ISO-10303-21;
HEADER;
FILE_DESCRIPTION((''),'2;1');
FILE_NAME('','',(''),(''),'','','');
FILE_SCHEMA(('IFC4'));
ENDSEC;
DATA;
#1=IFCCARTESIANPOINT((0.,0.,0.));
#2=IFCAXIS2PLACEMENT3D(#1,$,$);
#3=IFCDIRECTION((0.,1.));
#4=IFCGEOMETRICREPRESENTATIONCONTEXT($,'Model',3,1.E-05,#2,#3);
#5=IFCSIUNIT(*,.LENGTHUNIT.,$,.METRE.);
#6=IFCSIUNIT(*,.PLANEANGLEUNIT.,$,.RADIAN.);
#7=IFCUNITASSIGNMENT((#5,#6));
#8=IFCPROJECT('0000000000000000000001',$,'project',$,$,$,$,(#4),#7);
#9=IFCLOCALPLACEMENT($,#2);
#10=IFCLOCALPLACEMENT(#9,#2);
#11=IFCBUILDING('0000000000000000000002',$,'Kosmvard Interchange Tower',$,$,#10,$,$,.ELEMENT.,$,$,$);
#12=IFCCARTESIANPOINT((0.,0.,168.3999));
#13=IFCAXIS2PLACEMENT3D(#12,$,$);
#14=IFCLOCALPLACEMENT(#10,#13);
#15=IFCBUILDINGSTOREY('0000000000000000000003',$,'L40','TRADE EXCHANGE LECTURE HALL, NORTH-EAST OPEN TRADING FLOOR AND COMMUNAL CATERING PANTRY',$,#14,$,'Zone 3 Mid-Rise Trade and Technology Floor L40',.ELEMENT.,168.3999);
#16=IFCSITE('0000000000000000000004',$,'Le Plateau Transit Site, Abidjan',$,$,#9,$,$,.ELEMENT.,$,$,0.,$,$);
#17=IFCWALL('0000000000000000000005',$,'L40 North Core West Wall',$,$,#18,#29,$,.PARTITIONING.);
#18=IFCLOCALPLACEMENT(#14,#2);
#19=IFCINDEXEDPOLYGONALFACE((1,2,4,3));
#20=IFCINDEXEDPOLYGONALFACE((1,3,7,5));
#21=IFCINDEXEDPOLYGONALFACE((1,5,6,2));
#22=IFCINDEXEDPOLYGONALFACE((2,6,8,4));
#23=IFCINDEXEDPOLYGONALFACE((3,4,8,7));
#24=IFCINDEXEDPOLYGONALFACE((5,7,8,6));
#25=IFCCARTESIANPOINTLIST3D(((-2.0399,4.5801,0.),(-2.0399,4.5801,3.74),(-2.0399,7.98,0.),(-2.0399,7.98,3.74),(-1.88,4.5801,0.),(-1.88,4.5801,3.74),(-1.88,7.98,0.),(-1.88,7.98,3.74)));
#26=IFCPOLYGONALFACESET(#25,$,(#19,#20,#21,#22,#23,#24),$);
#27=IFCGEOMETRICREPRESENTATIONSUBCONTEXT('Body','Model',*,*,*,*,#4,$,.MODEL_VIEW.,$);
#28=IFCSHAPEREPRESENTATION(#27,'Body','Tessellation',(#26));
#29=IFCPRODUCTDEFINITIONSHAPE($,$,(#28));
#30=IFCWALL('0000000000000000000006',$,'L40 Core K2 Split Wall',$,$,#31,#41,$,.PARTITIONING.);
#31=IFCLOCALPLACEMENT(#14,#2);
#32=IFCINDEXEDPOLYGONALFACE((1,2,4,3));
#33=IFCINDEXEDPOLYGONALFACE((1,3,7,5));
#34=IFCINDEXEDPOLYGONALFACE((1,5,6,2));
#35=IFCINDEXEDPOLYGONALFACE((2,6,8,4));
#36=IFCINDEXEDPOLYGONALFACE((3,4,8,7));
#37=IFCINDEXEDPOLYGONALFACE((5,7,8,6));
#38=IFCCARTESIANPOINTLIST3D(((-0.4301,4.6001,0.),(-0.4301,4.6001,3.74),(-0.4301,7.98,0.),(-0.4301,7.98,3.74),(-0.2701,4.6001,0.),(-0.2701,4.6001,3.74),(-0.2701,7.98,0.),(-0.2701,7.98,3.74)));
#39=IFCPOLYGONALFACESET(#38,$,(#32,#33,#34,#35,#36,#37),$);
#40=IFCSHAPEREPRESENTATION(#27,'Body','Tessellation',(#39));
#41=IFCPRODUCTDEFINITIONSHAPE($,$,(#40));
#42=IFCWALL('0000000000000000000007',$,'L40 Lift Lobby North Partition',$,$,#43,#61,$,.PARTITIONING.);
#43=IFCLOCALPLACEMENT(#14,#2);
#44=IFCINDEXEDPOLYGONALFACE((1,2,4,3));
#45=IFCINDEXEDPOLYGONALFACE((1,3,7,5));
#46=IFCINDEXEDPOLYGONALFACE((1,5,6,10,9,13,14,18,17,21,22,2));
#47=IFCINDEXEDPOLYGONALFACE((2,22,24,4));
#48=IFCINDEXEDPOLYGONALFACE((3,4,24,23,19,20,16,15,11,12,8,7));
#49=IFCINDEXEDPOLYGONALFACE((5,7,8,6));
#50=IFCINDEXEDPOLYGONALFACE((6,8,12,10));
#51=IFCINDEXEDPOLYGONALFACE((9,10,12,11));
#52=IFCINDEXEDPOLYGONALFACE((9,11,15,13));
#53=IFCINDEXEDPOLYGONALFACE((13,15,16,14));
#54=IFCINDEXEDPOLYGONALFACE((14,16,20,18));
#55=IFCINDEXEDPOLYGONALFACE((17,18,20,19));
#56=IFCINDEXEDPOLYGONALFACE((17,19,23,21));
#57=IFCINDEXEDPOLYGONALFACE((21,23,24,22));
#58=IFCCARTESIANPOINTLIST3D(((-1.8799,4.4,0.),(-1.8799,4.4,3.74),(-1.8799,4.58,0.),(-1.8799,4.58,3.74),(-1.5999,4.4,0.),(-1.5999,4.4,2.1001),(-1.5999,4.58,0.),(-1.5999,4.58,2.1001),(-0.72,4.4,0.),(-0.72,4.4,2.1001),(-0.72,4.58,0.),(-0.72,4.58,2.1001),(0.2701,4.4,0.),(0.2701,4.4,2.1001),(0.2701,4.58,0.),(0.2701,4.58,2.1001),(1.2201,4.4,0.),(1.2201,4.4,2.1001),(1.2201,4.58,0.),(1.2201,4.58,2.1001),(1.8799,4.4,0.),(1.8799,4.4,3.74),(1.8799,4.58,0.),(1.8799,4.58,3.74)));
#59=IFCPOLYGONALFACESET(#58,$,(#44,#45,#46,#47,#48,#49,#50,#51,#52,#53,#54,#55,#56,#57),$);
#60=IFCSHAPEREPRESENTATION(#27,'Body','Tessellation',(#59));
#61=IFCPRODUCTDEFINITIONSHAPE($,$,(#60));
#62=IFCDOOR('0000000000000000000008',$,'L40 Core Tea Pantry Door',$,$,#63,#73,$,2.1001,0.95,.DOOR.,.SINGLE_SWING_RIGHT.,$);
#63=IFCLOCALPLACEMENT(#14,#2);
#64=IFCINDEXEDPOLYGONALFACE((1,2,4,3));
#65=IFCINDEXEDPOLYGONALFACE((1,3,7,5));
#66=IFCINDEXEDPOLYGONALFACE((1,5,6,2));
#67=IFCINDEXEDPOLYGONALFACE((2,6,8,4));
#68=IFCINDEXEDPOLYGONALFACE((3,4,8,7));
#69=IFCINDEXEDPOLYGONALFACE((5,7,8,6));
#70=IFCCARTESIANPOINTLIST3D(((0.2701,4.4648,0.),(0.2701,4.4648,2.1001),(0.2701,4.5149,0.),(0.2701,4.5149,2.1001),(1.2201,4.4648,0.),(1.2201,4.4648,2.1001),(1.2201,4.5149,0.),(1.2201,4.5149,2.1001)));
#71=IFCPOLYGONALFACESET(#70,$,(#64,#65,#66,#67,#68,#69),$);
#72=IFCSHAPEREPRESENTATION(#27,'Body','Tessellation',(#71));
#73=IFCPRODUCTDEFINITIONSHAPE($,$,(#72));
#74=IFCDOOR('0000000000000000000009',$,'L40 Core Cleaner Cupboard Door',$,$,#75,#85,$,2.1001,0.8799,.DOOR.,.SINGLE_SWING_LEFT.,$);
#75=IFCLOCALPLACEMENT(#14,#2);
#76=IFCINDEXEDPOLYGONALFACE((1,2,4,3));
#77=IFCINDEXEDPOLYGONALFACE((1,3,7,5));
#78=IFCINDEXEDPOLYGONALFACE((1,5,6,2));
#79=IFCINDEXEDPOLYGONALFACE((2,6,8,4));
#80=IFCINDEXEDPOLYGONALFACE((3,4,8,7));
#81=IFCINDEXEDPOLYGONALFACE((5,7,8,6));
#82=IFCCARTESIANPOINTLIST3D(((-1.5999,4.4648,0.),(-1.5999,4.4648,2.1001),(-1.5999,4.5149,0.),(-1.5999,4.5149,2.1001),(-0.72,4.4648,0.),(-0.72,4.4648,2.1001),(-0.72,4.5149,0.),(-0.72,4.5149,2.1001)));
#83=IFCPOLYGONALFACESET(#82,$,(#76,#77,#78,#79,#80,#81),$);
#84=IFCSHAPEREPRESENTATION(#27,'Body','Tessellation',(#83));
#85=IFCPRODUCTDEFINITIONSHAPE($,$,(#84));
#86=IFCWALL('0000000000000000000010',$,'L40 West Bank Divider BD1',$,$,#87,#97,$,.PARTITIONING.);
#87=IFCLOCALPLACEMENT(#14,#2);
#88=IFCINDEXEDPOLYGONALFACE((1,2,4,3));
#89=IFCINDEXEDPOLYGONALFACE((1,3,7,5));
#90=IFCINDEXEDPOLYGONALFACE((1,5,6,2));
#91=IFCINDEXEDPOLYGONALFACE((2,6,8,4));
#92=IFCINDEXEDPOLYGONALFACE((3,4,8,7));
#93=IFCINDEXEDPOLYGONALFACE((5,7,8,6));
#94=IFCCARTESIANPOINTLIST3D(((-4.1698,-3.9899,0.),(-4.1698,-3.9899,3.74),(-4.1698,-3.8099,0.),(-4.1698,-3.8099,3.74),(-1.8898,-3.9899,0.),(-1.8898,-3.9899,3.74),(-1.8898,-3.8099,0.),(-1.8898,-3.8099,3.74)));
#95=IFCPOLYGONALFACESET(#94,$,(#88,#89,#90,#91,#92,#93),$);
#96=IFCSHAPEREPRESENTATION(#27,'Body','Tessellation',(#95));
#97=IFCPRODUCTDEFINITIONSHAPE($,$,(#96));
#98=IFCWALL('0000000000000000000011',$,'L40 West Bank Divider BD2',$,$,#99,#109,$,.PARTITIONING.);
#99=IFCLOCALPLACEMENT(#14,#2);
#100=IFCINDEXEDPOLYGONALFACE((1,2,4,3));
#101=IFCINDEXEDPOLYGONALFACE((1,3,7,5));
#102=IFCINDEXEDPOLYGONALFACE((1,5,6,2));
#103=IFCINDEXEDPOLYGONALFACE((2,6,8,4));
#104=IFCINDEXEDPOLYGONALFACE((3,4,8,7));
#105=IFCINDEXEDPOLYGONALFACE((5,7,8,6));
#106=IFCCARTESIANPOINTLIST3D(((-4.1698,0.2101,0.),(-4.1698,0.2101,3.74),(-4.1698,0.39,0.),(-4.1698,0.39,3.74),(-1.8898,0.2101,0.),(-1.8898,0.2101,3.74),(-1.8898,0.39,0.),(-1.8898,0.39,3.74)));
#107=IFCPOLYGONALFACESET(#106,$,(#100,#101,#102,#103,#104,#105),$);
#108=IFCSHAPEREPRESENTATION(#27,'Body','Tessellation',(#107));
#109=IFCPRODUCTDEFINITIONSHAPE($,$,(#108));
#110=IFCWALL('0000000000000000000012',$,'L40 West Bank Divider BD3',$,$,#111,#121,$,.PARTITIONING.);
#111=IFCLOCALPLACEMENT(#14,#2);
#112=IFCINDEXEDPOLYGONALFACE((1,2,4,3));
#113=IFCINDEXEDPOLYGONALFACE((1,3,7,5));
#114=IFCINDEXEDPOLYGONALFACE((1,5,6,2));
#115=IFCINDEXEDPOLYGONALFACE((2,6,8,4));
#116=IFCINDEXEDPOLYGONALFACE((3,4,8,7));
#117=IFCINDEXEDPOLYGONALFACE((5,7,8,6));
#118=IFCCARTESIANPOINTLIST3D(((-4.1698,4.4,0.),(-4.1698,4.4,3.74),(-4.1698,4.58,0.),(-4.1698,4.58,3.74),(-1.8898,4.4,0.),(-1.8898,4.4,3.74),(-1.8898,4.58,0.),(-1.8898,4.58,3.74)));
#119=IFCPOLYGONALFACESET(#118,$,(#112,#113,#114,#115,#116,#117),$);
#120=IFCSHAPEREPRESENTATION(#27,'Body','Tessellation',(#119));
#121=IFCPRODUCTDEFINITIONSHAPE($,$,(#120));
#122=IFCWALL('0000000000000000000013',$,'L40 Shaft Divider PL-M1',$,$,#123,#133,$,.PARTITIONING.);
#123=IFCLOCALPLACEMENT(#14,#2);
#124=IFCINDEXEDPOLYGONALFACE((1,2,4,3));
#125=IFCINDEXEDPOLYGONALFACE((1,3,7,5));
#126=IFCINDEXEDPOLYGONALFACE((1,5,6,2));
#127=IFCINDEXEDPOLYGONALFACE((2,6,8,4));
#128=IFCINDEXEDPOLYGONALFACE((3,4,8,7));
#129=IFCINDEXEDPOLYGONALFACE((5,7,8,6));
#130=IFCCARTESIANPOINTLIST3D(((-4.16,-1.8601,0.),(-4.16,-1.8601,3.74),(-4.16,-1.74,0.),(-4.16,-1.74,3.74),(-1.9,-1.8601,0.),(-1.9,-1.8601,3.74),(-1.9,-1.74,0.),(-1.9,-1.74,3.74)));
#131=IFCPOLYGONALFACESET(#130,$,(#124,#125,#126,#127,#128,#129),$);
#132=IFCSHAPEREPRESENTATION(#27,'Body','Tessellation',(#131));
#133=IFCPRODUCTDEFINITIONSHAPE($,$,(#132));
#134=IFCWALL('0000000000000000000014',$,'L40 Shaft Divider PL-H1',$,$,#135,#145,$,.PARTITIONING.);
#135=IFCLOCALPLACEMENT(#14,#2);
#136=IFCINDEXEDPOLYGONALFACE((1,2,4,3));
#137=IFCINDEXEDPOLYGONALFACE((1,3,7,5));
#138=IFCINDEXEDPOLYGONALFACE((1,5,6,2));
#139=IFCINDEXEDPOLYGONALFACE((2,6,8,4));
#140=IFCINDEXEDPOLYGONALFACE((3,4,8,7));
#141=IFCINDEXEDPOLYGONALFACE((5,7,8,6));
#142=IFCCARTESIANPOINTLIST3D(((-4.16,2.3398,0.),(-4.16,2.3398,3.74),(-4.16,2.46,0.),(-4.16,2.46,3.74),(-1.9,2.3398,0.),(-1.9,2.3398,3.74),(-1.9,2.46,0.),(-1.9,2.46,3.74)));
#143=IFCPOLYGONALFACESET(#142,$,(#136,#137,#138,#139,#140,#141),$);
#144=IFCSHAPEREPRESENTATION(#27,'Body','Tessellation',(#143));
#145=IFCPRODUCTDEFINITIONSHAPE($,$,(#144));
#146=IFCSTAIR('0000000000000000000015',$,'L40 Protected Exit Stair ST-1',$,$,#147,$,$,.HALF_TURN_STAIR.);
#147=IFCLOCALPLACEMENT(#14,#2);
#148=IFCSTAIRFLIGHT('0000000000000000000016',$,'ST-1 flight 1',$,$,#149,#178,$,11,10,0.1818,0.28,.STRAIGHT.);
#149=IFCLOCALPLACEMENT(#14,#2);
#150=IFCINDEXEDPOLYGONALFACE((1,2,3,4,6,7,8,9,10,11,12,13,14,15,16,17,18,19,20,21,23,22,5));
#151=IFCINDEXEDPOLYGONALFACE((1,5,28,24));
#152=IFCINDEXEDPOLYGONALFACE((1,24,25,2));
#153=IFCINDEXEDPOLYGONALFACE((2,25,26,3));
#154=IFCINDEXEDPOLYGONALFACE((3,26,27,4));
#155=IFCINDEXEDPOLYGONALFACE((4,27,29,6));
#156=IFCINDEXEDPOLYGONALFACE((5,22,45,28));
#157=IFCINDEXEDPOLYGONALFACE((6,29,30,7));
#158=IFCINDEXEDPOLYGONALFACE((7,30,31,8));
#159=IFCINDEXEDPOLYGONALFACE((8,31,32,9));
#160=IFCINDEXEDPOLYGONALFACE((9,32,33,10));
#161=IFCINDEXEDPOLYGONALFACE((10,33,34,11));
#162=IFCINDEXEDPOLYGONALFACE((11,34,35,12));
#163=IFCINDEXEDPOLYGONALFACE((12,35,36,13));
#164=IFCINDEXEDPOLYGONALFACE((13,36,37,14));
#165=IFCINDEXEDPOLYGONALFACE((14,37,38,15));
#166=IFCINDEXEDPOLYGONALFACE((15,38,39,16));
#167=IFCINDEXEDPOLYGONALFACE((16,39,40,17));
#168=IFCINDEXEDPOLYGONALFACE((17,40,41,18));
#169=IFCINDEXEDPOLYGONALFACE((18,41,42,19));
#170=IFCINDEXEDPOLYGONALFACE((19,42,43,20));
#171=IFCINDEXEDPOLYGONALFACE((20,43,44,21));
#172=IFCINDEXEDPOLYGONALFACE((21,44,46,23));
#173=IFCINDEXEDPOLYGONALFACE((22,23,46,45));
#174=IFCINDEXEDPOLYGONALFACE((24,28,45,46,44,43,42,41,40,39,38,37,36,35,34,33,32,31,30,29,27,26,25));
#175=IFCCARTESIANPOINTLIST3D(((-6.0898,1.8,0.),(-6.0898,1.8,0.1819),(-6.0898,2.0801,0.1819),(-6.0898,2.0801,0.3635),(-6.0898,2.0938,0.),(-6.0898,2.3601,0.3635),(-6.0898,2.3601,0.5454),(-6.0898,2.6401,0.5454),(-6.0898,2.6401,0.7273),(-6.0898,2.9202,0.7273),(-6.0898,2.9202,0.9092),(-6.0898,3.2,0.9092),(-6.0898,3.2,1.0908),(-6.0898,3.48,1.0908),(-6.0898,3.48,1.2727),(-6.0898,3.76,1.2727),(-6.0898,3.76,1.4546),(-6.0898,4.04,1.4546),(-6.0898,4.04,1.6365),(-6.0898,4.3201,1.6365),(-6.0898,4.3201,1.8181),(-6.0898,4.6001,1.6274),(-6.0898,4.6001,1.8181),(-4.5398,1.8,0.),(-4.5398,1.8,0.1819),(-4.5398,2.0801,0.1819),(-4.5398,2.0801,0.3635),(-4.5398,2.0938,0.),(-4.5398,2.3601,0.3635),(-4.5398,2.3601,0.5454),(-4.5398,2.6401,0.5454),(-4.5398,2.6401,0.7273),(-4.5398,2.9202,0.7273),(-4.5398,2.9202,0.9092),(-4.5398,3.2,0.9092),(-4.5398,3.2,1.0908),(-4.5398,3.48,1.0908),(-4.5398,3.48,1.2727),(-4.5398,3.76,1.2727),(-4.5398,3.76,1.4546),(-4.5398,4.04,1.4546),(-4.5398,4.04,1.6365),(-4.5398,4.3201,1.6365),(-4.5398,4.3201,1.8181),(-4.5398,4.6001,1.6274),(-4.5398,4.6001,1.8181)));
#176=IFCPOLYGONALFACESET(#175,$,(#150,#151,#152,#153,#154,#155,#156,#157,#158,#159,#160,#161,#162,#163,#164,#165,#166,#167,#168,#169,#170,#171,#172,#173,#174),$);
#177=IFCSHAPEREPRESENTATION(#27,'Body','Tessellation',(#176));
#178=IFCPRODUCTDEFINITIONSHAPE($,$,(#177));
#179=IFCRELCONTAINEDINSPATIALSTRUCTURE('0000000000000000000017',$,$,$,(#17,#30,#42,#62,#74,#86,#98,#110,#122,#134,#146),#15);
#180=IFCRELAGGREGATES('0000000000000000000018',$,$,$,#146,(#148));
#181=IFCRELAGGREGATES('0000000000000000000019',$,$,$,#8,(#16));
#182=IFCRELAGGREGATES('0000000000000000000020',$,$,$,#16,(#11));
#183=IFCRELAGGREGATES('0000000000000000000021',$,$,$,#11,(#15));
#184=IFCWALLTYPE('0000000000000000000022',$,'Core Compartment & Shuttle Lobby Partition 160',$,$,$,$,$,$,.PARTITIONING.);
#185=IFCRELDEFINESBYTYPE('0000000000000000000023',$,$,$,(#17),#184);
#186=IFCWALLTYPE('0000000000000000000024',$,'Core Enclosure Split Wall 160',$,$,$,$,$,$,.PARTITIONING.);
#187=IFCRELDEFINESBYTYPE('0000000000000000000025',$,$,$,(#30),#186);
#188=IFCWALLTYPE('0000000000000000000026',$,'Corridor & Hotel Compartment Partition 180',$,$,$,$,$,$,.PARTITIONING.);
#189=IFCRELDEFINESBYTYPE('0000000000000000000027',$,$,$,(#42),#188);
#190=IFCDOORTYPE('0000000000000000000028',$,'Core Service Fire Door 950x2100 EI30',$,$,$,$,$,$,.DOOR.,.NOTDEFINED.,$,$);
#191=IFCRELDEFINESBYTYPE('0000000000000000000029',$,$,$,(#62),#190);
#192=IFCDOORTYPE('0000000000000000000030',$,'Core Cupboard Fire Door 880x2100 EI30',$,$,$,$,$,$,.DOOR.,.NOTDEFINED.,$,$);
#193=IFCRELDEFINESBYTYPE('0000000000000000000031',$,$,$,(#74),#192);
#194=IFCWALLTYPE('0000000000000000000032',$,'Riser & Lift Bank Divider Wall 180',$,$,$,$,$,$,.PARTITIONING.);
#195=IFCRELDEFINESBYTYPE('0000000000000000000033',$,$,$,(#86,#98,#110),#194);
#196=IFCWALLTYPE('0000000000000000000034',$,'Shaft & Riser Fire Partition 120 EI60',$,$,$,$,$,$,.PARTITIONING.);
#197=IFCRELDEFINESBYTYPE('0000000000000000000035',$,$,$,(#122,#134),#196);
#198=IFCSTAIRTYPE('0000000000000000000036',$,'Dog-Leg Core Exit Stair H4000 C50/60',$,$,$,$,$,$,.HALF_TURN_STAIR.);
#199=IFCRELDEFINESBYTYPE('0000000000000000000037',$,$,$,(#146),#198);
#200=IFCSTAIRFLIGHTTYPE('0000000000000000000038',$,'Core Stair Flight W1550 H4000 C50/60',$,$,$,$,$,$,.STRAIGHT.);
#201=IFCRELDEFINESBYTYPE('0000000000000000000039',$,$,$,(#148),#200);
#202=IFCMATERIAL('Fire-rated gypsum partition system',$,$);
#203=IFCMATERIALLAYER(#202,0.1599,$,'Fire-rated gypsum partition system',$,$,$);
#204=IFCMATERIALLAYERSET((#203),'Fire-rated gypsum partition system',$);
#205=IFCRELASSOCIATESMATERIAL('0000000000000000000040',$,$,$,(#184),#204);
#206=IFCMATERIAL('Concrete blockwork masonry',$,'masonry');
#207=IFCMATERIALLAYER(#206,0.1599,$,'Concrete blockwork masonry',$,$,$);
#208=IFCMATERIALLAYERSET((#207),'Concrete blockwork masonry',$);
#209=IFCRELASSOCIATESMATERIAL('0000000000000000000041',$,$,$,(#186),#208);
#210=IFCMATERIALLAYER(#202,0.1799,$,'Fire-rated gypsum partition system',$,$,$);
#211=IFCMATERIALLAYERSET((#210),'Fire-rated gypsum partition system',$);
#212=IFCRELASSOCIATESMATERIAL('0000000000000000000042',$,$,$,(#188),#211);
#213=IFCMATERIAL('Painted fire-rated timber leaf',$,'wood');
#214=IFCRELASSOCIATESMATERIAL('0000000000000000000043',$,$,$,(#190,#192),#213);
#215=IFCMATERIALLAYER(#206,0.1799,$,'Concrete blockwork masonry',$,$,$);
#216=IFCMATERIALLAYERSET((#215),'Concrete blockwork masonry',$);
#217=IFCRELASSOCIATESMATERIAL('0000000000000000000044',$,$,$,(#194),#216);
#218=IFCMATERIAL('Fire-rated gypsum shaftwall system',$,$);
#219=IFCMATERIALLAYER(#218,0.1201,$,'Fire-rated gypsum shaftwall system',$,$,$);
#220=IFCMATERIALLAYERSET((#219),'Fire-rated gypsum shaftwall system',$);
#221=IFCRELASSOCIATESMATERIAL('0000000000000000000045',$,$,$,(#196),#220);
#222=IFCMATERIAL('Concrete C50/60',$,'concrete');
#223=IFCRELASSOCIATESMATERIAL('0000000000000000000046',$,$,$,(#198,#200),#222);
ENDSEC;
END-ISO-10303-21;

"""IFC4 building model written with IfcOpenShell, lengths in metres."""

from ifc_helpers import new_model, si_unit, direction, frame, frame_2d, origin, place, context, subcontext, project, spatial, polyline, rectangle, outline, extrude, source, transform, mapped, material, layer, layer_set, type_object, element, fill, aggregate, save


model = new_model("IFC4")

# Units and contexts
model_context = context("Model", 3, precision=1e-05, world=origin(), true_north=direction((0.0, 1.0)))
body_context = subcontext(model_context, "Body", "Model", "MODEL_VIEW")
ifc_project = project(units=[si_unit("LENGTHUNIT", "METRE"), si_unit("PLANEANGLEUNIT", "RADIAN")], contexts=[model_context])

# Site, building, storey
site_placement = place(None, origin())
site = spatial("IfcSite", under=ifc_project, at=site_placement, Name="Le Plateau Transit Site, Abidjan", CompositionType="ELEMENT", RefElevation=0.0)
building_placement = place(site_placement, origin())
building = spatial("IfcBuilding", under=site, at=building_placement, Name="Kosmvard Interchange Tower", CompositionType="ELEMENT")
storey_placement = place(building_placement, frame((0.0, 0.0, 168.3999)))
storey = spatial("IfcBuildingStorey", under=building, at=storey_placement, Name="L40", Description="TRADE EXCHANGE LECTURE HALL, NORTH-EAST OPEN TRADING FLOOR AND COMMUNAL CATERING PANTRY", LongName="Zone 3 Mid-Rise Trade and Technology Floor L40", CompositionType="ELEMENT", Elevation=168.3999)

# Walls
ifc_material_1 = material(Name="Fire-rated gypsum partition system")
ifc_layer_1 = layer(ifc_material_1, 0.1599, Name="Fire-rated gypsum partition system")
ifc_layer_set_1 = layer_set([ifc_layer_1], Name="Fire-rated gypsum partition system")
wall_type_1 = type_object("IfcWallType", Name="Core Compartment & Shuttle Lobby Partition 160", PredefinedType="PARTITIONING", material=ifc_layer_set_1)
wall_1_placement = place(storey_placement, frame((-1.96, 4.5801, 0.0), z_axis=(0.0, 0.0, 1.0), x_axis=(0.0, 1.0, 0.0)))
element("IfcWall", 1, at=wall_1_placement, inside=storey, type_object=wall_type_1, Name="L40 North Core West Wall", PredefinedType="PARTITIONING", context=body_context, shape_type="SweptSolid", body=[
    extrude(rectangle(XDim=3.3999, YDim=0.1599, at=frame_2d((1.7, 0.0))), origin(), (0.0, 0.0, 1.0), 3.74),
])
ifc_material_2 = material(Name="Concrete blockwork masonry", Category="masonry")
ifc_layer_2 = layer(ifc_material_2, 0.1599, Name="Concrete blockwork masonry")
ifc_layer_set_2 = layer_set([ifc_layer_2], Name="Concrete blockwork masonry")
wall_type_2 = type_object("IfcWallType", Name="Core Enclosure Split Wall 160", PredefinedType="PARTITIONING", material=ifc_layer_set_2)
wall_2_placement = place(storey_placement, frame((-0.3501, 4.6001, 0.0), z_axis=(0.0, 0.0, 1.0), x_axis=(0.0, 1.0, 0.0)))
element("IfcWall", 2, at=wall_2_placement, inside=storey, type_object=wall_type_2, Name="L40 Core K2 Split Wall", PredefinedType="PARTITIONING", context=body_context, shape_type="SweptSolid", body=[
    extrude(rectangle(XDim=3.3799, YDim=0.1599, at=frame_2d((1.6899, 0.0))), origin(), (0.0, 0.0, 1.0), 3.74),
])

# Wall, openings, doors
ifc_layer_3 = layer(ifc_material_1, 0.1799, Name="Fire-rated gypsum partition system")
ifc_layer_set_3 = layer_set([ifc_layer_3], Name="Fire-rated gypsum partition system")
wall_type_3 = type_object("IfcWallType", Name="Corridor & Hotel Compartment Partition 180", PredefinedType="PARTITIONING", material=ifc_layer_set_3)
wall_3_placement = place(storey_placement, frame((-1.8799, 4.49, 0.0), z_axis=(0.0, 0.0, 1.0), x_axis=(1.0, 0.0, 0.0)))
wall_3 = element("IfcWall", 3, at=wall_3_placement, inside=storey, type_object=wall_type_3, Name="L40 Lift Lobby North Partition", PredefinedType="PARTITIONING", context=body_context, shape_type="SweptSolid", body=[
    extrude(rectangle(XDim=3.7598, YDim=0.1799, at=frame_2d((1.8799, 0.0))), origin(), (0.0, 0.0, 1.0), 3.74),
])
opening_1_placement = place(wall_3_placement, frame((0.28, 0.0, 0.0)))
opening_1 = element("IfcOpeningElement", 4, at=opening_1_placement, cuts=wall_3, PredefinedType="OPENING", context=body_context, shape_type="SweptSolid", body=[
    extrude(rectangle(XDim=0.8799, YDim=2.1001, at=frame_2d((0.4399, 1.05))), frame((0.0, 0.1001, 0.0), z_axis=(0.0, -1.0, 0.0), x_axis=(1.0, 0.0, 0.0)), (0.0, 0.0, 1.0), 0.2),
])
opening_2_placement = place(wall_3_placement, frame((2.1499, 0.0, 0.0)))
opening_2 = element("IfcOpeningElement", 5, at=opening_2_placement, cuts=wall_3, PredefinedType="OPENING", context=body_context, shape_type="SweptSolid", body=[
    extrude(rectangle(XDim=0.95, YDim=2.1001, at=frame_2d((0.4751, 1.05))), frame((0.0, 0.1001, 0.0), z_axis=(0.0, -1.0, 0.0), x_axis=(1.0, 0.0, 0.0)), (0.0, 0.0, 1.0), 0.2),
])
ifc_material_3 = material(Name="Painted fire-rated timber leaf", Category="wood")
door_type_1 = type_object("IfcDoorType", Name="Core Service Fire Door 950x2100 EI30", OperationType="NOTDEFINED", PredefinedType="DOOR", material=ifc_material_3)
shared_shape_1 = source(origin(), body_context, "Body", "SweptSolid", [
    extrude(rectangle(XDim=0.95, YDim=2.1001, at=frame_2d((0.4751, 1.05))), frame((0.0, 0.0249, 0.0), z_axis=(0.0, -1.0, 0.0), x_axis=(1.0, 0.0, 0.0)), (0.0, 0.0, 1.0), 0.05),
])
door_1_placement = place(opening_2_placement, origin())
door_1 = element("IfcDoor", 6, at=door_1_placement, inside=storey, type_object=door_type_1, Name="L40 Core Tea Pantry Door", OperationType="SINGLE_SWING_RIGHT", OverallHeight=2.1001, OverallWidth=0.95, PredefinedType="DOOR", context=body_context, shape_type="MappedRepresentation", body=[
    mapped(shared_shape_1, transform((0.0, 0.0, 0.0), scale=1.0)),
])
fill(opening_2, door_1)
door_type_2 = type_object("IfcDoorType", Name="Core Cupboard Fire Door 880x2100 EI30", OperationType="NOTDEFINED", PredefinedType="DOOR", material=ifc_material_3)
shared_shape_2 = source(origin(), body_context, "Body", "SweptSolid", [
    extrude(rectangle(XDim=0.8799, YDim=2.1001, at=frame_2d((0.4399, 1.05))), frame((0.0, 0.0249, 0.0), z_axis=(0.0, -1.0, 0.0), x_axis=(1.0, 0.0, 0.0)), (0.0, 0.0, 1.0), 0.05),
])
door_2_placement = place(opening_1_placement, origin())
door_2 = element("IfcDoor", 7, at=door_2_placement, inside=storey, type_object=door_type_2, Name="L40 Core Cleaner Cupboard Door", OperationType="SINGLE_SWING_LEFT", OverallHeight=2.1001, OverallWidth=0.8799, PredefinedType="DOOR", context=body_context, shape_type="MappedRepresentation", body=[
    mapped(shared_shape_2, transform((0.0, 0.0, 0.0), scale=1.0)),
])
fill(opening_1, door_2)

# Walls
ifc_layer_4 = layer(ifc_material_2, 0.1799, Name="Concrete blockwork masonry")
ifc_layer_set_4 = layer_set([ifc_layer_4], Name="Concrete blockwork masonry")
wall_type_4 = type_object("IfcWallType", Name="Riser & Lift Bank Divider Wall 180", PredefinedType="PARTITIONING", material=ifc_layer_set_4)
for number, where, z_axis, x_axis, name in (
    (8, (-4.1699, -3.8999, 0.0), (0.0, 0.0, 1.0), (1.0, 0.0, 0.0), "L40 West Bank Divider BD1"),
    (9, (-4.1699, 0.3, 0.0), (0.0, 0.0, 1.0), (1.0, 0.0, 0.0), "L40 West Bank Divider BD2"),
    (10, (-4.1699, 4.49, 0.0), (0.0, 0.0, 1.0), (1.0, 0.0, 0.0), "L40 West Bank Divider BD3"),
):
    element("IfcWall", number, at=place(storey_placement, frame(where, z_axis=z_axis, x_axis=x_axis)), inside=storey, type_object=wall_type_4, Name=name, PredefinedType="PARTITIONING", context=body_context, shape_type="SweptSolid", body=[
        extrude(rectangle(XDim=2.28, YDim=0.1799, at=frame_2d((1.1401, 0.0))), origin(), (0.0, 0.0, 1.0), 3.74),
    ])
ifc_material_4 = material(Name="Fire-rated gypsum shaftwall system")
ifc_layer_5 = layer(ifc_material_4, 0.1201, Name="Fire-rated gypsum shaftwall system")
ifc_layer_set_5 = layer_set([ifc_layer_5], Name="Fire-rated gypsum shaftwall system")
wall_type_5 = type_object("IfcWallType", Name="Shaft & Riser Fire Partition 120 EI60", PredefinedType="PARTITIONING", material=ifc_layer_set_5)
for number, where, z_axis, x_axis, name in (
    (11, (-4.1599, -1.8, 0.0), (0.0, 0.0, 1.0), (1.0, 0.0, 0.0), "L40 Shaft Divider PL-M1"),
    (12, (-4.1599, 2.3999, 0.0), (0.0, 0.0, 1.0), (1.0, 0.0, 0.0), "L40 Shaft Divider PL-H1"),
):
    element("IfcWall", number, at=place(storey_placement, frame(where, z_axis=z_axis, x_axis=x_axis)), inside=storey, type_object=wall_type_5, Name=name, PredefinedType="PARTITIONING", context=body_context, shape_type="SweptSolid", body=[
        extrude(rectangle(XDim=2.26, YDim=0.1201, at=frame_2d((1.1299, 0.0))), origin(), (0.0, 0.0, 1.0), 3.74),
    ])

# Stair, stair flight
ifc_material_5 = material(Name="Concrete C50/60", Category="concrete")
stair_type = type_object("IfcStairType", Name="Dog-Leg Core Exit Stair H4000 C50/60", PredefinedType="HALF_TURN_STAIR", material=ifc_material_5)
stair_placement = place(storey_placement, origin())
stair = element("IfcStair", 13, at=stair_placement, inside=storey, type_object=stair_type, Name="L40 Protected Exit Stair ST-1", PredefinedType="HALF_TURN_STAIR")
stair_flight_type = type_object("IfcStairFlightType", Name="Core Stair Flight W1550 H4000 C50/60", PredefinedType="STRAIGHT", material=ifc_material_5)
shared_shape_3 = source(origin(), body_context, "Body", "SweptSolid", [
    extrude(outline(polyline([(0.0, 0.0), (0.0, 0.1819), (0.28, 0.1819), (0.28, 0.3635), (0.5601, 0.3635), (0.5601, 0.5454), (0.8401, 0.5454), (0.8401, 0.7273), (1.1201, 0.7273), (1.1201, 0.9092), (1.3999, 0.9092), (1.3999, 1.0908), (1.6799, 1.0908), (1.6799, 1.2727), (1.96, 1.2727), (1.96, 1.4546), (2.24, 1.4546), (2.24, 1.6365), (2.52, 1.6365), (2.52, 1.8181), (2.8, 1.8181), (2.8, 2.0), (2.8, 1.6274), (0.2937, 0.0), (0.0, 0.0)])), frame((0.0, 0.7749, 0.0), z_axis=(0.0, -1.0, 0.0), x_axis=(1.0, 0.0, 0.0)), (0.0, 0.0, 1.0), 1.55),
])
stair_flight_placement = place(storey_placement, frame((-5.3149, 1.8, 0.0), z_axis=(0.0, 0.0, 1.0), x_axis=(0.0, 1.0, 0.0)))
stair_flight = element("IfcStairFlight", 14, at=stair_flight_placement, type_object=stair_flight_type, Name="ST-1 flight 1", NumberOfRisers=11, NumberOfTreads=10, PredefinedType="STRAIGHT", RiserHeight=0.1818, TreadLength=0.28, context=body_context, shape_type="MappedRepresentation", body=[
    mapped(shared_shape_3, transform((0.0, 0.0, 0.0), scale=1.0)),
])
aggregate(stair, [stair_flight])

save(model, "model.ifc")
